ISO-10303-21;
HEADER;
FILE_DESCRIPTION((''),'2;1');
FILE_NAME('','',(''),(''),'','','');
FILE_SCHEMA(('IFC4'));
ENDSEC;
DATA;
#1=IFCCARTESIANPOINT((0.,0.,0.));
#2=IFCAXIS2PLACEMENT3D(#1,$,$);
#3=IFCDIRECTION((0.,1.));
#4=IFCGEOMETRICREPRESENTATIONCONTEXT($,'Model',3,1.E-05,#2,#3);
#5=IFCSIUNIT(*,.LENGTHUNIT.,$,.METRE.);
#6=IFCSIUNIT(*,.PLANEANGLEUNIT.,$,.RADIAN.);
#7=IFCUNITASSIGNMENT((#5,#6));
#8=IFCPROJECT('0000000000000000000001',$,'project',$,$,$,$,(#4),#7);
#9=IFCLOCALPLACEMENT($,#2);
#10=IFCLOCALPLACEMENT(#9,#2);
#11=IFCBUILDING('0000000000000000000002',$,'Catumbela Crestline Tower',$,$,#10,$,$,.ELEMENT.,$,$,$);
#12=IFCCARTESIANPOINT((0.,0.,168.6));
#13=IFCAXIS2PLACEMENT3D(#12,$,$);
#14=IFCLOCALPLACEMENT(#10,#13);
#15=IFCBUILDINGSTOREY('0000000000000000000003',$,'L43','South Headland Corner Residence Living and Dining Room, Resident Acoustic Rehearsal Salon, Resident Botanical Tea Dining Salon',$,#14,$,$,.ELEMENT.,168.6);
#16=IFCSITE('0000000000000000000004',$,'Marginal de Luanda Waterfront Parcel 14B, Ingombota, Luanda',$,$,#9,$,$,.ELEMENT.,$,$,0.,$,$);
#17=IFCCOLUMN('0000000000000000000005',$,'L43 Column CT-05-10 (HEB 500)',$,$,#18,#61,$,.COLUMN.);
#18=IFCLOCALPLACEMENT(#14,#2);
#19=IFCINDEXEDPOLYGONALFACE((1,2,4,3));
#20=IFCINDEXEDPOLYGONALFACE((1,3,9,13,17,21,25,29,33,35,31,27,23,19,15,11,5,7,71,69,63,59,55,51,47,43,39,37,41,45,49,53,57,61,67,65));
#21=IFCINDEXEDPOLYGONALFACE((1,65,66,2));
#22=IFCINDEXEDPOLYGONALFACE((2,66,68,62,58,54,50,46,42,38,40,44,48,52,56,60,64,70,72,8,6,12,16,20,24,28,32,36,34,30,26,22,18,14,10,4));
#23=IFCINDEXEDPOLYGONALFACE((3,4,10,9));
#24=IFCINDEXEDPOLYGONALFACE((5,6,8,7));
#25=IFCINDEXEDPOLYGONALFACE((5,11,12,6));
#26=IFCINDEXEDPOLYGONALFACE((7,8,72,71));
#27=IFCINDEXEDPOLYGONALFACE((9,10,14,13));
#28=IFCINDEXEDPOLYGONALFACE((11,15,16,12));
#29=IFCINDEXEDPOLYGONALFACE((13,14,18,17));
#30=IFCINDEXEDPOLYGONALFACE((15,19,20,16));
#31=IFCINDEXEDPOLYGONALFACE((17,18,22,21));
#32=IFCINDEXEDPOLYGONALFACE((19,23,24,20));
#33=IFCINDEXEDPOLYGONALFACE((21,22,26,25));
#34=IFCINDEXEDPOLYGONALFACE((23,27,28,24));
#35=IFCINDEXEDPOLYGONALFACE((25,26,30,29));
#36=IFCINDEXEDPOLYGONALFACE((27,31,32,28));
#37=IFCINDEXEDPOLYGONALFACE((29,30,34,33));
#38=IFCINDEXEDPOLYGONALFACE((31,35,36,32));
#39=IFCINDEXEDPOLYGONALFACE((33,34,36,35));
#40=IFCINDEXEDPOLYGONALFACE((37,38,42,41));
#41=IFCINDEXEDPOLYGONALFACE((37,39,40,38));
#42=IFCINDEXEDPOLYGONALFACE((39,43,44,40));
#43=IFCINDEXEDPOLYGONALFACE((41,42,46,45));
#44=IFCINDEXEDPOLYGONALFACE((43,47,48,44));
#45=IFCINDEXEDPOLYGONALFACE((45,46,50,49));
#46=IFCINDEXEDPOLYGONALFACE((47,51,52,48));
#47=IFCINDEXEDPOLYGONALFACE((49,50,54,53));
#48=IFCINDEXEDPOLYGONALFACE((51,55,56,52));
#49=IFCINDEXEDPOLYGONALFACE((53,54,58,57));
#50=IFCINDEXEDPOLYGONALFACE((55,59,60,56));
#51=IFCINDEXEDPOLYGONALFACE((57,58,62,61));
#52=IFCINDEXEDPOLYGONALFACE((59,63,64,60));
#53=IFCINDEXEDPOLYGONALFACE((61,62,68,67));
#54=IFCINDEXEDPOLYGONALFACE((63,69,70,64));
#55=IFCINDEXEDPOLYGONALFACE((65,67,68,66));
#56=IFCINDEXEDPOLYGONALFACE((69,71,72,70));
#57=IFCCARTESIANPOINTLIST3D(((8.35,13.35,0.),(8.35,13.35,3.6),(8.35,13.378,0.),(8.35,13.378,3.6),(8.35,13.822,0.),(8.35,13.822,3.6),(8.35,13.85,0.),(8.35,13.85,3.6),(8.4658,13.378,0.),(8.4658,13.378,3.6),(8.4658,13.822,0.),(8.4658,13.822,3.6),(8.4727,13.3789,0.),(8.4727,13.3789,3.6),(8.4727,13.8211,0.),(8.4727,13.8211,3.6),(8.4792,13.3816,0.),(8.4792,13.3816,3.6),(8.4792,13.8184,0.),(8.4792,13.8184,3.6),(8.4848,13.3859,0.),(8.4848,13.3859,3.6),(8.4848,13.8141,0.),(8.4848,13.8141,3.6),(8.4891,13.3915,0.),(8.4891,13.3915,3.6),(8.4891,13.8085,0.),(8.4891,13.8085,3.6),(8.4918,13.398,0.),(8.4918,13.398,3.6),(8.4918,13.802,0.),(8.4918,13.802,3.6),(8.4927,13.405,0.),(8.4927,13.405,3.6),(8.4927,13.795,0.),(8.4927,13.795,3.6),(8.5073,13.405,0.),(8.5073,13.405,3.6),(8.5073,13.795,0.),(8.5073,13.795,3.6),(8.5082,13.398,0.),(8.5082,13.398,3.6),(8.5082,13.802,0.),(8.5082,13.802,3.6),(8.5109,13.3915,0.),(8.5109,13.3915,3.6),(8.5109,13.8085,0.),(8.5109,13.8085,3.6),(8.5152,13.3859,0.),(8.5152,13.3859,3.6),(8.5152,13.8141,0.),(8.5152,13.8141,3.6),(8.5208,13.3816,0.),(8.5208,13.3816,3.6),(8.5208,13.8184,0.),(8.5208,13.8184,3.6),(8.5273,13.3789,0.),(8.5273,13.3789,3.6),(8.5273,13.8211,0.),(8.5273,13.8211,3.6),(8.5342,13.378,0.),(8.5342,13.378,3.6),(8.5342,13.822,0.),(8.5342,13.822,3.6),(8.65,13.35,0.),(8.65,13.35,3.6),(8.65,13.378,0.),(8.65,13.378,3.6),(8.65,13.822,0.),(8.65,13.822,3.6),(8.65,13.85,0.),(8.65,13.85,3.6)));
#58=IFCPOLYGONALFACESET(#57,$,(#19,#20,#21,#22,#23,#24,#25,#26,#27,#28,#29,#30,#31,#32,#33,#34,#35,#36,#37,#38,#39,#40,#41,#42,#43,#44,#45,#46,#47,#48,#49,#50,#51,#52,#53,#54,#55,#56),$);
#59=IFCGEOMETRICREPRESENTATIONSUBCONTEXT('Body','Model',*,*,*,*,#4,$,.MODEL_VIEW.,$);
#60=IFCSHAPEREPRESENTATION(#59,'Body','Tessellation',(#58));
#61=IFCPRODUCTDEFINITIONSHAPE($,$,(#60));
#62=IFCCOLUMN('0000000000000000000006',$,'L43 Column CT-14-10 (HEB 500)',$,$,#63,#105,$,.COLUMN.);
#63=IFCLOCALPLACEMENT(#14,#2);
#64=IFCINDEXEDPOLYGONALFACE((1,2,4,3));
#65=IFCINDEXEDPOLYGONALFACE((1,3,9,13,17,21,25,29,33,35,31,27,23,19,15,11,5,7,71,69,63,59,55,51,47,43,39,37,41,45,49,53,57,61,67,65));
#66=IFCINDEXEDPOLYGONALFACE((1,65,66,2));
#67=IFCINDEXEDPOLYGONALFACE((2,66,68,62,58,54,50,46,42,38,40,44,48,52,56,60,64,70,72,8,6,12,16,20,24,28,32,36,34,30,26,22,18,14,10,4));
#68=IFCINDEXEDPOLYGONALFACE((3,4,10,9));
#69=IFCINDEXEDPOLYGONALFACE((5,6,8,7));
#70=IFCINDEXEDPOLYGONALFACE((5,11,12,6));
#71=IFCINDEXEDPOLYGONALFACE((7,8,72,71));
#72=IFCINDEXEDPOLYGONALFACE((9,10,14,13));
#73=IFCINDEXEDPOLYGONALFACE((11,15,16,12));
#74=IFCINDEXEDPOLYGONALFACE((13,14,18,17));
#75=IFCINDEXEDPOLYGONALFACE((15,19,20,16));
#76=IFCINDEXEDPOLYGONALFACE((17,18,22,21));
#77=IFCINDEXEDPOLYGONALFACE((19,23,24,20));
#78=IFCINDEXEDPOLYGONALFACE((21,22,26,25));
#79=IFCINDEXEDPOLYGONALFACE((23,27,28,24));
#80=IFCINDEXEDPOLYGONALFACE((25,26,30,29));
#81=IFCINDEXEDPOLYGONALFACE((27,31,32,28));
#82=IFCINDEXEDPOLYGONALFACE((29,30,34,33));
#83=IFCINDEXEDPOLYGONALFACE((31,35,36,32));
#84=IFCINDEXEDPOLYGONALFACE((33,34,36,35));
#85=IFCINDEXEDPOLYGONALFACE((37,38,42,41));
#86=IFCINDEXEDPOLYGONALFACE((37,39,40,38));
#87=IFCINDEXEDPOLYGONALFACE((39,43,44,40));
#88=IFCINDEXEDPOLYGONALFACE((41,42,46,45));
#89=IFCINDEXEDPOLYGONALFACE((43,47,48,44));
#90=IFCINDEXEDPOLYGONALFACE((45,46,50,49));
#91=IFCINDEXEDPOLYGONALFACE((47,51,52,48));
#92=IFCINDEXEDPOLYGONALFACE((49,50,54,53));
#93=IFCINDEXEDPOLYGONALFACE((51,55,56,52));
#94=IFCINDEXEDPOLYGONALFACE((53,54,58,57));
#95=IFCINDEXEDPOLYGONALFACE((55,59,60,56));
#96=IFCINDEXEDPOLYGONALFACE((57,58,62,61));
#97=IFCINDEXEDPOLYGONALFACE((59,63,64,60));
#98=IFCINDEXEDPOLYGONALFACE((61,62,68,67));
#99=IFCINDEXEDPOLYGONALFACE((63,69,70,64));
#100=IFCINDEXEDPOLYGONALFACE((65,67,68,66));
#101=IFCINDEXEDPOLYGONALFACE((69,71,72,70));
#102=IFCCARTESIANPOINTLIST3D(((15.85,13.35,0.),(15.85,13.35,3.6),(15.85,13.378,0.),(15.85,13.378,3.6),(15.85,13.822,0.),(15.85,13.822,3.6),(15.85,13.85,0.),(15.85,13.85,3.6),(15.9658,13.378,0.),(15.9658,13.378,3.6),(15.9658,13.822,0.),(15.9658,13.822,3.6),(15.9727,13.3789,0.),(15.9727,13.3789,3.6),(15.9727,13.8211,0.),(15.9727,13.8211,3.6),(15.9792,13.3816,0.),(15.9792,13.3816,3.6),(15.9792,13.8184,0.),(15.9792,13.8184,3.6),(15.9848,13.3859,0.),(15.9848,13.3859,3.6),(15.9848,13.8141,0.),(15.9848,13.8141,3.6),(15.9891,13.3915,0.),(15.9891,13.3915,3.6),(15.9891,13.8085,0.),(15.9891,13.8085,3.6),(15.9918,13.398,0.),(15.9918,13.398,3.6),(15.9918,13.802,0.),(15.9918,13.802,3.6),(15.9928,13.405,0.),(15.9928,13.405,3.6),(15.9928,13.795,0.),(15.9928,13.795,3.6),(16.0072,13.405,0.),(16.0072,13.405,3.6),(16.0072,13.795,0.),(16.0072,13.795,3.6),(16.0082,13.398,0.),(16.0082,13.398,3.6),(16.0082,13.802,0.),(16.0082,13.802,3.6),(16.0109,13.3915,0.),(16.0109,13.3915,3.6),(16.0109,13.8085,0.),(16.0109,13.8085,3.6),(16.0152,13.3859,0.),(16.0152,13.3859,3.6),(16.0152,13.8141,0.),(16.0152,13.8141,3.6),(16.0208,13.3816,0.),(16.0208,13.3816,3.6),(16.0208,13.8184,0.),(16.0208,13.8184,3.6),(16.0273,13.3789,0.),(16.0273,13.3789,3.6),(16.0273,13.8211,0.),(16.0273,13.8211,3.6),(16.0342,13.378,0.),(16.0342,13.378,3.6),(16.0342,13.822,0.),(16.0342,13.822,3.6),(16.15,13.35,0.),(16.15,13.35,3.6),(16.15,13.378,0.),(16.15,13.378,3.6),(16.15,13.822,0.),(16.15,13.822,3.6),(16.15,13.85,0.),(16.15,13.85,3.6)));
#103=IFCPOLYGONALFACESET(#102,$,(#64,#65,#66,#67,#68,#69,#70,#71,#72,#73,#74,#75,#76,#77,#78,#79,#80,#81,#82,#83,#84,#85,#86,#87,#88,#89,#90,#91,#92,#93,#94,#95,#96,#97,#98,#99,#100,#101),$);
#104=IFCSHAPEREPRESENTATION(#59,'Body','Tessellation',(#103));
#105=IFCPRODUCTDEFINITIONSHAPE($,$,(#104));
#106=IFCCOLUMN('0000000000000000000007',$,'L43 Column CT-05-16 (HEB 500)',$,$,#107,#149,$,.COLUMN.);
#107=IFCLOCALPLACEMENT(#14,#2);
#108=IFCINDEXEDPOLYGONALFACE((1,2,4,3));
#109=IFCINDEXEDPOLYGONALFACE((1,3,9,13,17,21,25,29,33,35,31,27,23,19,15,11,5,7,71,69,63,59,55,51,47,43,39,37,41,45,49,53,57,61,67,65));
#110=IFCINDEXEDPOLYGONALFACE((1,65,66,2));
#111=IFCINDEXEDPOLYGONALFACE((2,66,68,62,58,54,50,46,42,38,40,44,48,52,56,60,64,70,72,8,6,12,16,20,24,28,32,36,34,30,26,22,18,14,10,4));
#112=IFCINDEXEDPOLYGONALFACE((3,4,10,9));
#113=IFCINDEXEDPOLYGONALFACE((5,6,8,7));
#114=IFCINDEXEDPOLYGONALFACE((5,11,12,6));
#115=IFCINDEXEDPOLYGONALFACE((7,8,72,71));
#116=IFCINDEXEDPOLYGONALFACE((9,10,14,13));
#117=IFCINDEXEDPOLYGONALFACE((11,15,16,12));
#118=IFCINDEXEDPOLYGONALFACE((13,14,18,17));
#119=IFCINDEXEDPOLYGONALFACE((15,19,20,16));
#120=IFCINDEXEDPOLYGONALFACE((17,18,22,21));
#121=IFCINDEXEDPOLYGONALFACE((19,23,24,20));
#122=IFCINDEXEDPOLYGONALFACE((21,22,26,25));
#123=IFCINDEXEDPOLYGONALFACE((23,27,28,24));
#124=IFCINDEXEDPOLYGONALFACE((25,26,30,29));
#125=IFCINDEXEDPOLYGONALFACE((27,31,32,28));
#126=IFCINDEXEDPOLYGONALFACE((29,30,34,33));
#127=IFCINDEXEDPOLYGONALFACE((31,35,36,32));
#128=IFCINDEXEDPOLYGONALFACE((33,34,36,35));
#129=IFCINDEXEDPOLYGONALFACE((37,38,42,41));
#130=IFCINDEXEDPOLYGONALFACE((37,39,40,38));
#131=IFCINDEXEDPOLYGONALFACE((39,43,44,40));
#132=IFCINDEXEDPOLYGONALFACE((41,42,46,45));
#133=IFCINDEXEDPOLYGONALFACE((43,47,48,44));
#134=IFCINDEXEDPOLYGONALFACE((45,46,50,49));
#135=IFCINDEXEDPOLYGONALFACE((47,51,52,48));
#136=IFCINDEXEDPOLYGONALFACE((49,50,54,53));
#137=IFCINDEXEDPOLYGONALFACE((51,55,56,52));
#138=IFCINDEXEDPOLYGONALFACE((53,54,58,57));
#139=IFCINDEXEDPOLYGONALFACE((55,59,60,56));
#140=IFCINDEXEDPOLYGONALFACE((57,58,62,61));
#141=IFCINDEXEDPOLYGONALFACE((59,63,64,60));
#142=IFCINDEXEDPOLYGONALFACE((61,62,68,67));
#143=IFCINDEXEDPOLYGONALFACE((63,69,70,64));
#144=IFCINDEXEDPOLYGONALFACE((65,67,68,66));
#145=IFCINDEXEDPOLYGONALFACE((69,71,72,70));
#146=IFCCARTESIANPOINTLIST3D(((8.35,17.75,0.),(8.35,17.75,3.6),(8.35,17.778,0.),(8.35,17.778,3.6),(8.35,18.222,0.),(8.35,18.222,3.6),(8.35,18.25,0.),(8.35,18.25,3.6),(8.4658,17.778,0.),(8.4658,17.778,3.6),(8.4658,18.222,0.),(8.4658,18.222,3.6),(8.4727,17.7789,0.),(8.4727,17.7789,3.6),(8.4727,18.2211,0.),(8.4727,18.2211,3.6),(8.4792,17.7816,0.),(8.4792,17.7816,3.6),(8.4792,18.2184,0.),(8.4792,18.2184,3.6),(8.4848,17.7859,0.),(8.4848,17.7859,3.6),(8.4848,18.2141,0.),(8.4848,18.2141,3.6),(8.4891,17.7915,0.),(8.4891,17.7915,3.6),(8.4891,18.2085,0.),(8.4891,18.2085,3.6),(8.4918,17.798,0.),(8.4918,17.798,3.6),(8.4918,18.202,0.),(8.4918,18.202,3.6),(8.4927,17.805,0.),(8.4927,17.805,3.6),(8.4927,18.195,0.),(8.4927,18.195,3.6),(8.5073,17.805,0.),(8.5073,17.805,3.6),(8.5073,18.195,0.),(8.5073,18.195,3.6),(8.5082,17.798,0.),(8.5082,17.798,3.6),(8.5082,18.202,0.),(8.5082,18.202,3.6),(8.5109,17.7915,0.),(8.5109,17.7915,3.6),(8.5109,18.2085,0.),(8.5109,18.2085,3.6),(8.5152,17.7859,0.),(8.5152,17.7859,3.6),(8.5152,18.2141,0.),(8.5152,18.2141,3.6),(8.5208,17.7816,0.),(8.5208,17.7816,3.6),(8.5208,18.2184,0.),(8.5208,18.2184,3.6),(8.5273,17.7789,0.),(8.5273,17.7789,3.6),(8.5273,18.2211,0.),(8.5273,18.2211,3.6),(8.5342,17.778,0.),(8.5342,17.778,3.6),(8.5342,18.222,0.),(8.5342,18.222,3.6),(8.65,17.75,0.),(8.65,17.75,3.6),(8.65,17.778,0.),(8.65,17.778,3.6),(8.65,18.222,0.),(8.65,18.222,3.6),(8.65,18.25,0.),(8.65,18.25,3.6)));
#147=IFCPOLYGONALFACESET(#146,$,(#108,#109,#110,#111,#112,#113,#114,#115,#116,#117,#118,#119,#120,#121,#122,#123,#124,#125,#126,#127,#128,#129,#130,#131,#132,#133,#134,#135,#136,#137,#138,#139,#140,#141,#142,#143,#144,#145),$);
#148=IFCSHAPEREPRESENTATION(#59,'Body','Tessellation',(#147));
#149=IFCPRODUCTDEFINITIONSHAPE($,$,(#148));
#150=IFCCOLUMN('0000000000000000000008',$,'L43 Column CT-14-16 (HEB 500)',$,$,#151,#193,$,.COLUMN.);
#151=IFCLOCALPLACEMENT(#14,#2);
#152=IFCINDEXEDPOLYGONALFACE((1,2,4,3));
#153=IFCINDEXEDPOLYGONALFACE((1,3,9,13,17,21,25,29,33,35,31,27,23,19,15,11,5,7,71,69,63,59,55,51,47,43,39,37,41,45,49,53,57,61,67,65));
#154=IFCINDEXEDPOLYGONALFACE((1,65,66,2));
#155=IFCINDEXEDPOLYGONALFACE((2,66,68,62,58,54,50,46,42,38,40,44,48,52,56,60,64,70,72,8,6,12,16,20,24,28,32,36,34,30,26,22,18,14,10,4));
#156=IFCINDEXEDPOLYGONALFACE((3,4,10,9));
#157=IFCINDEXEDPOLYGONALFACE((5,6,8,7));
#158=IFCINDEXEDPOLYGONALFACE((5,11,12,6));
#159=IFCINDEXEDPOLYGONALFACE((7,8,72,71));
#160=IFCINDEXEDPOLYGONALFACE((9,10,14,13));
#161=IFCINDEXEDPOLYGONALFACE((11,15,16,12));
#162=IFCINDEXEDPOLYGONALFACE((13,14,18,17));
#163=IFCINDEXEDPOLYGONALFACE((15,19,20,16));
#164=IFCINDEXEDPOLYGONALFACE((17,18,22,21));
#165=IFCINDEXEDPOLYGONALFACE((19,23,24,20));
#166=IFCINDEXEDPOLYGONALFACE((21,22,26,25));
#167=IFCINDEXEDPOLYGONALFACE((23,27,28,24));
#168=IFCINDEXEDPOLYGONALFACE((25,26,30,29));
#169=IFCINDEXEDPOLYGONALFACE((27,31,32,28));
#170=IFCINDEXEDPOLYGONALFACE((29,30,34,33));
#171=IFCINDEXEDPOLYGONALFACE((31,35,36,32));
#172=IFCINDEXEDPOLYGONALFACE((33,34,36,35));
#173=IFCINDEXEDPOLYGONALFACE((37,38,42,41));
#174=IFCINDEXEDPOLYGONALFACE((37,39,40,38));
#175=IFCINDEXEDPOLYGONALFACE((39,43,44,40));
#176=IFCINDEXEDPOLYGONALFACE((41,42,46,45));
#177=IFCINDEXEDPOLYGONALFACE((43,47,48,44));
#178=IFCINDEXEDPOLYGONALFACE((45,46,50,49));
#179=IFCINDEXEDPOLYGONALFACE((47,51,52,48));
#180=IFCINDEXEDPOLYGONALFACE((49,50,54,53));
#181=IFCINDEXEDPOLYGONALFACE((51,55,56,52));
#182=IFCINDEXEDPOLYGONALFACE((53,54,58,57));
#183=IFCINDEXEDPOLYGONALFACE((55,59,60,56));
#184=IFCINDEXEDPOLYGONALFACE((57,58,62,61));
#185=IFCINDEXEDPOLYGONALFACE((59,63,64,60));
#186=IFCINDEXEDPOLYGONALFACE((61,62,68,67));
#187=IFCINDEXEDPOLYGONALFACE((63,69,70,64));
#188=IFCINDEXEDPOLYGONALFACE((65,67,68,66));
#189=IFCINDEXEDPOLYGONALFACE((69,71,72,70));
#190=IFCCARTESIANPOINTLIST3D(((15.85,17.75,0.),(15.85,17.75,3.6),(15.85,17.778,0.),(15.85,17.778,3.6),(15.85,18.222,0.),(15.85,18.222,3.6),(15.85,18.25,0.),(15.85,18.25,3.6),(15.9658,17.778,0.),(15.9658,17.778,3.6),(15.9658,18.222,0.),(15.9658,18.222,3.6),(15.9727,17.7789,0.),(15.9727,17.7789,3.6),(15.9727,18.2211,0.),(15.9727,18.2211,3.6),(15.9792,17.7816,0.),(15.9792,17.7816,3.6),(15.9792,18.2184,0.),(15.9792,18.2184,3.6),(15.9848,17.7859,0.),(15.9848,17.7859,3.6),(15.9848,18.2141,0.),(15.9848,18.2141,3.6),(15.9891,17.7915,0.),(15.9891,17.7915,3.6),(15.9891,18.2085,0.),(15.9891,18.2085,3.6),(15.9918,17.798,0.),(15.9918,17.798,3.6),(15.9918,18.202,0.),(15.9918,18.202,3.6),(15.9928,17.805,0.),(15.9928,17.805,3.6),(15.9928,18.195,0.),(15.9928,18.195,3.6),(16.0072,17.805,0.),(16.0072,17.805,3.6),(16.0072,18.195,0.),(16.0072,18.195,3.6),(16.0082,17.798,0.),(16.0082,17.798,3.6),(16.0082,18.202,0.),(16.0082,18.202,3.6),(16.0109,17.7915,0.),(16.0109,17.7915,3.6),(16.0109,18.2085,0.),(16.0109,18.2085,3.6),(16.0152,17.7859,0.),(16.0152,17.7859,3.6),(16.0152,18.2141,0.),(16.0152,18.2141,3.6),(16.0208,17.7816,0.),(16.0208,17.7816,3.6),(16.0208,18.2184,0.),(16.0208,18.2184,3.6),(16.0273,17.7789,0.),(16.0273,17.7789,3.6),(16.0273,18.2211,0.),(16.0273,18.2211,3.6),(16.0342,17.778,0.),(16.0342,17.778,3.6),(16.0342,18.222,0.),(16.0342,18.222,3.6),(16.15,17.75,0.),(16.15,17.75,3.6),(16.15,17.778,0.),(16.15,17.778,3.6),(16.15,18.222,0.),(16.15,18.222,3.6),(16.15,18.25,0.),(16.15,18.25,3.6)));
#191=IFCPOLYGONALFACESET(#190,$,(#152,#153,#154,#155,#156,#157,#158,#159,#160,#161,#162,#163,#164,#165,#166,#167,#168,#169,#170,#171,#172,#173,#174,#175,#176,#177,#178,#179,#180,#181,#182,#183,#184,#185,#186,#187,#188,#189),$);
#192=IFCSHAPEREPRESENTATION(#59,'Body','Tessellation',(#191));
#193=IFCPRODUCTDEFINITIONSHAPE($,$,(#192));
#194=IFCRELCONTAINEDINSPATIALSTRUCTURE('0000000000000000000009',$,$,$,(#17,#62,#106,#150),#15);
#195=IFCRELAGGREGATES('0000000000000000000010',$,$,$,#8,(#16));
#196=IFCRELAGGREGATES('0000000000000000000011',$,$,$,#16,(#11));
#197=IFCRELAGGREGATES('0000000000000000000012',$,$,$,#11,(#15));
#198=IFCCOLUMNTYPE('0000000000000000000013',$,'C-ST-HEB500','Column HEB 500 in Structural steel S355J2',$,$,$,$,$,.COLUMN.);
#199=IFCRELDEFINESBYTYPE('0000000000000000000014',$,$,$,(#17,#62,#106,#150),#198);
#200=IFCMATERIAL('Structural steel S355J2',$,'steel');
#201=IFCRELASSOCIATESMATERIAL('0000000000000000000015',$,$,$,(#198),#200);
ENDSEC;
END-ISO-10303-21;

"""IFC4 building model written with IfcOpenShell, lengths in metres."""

from ifc_helpers import new_model, si_unit, direction, frame, origin, origin_2d, place, context, subcontext, project, spatial, i_section, extrude, material, material_profile, profile_set, type_object, element, save


model = new_model("IFC4")

# Units and contexts
model_context = context("Model", 3, precision=1e-05, world=origin(), true_north=direction((0.0, 1.0)))
body_context = subcontext(model_context, "Body", "Model", "MODEL_VIEW")
ifc_project = project(units=[si_unit("LENGTHUNIT", "METRE"), si_unit("PLANEANGLEUNIT", "RADIAN")], contexts=[model_context])

# Site, building, storey
site_placement = place(None, origin())
site = spatial("IfcSite", under=ifc_project, at=site_placement, Name="Marginal de Luanda Waterfront Parcel 14B, Ingombota, Luanda", CompositionType="ELEMENT", RefElevation=0.0)
building_placement = place(site_placement, origin())
building = spatial("IfcBuilding", under=site, at=building_placement, Name="Catumbela Crestline Tower", CompositionType="ELEMENT")
storey_placement = place(building_placement, frame((0.0, 0.0, 168.6)))
storey = spatial("IfcBuildingStorey", under=building, at=storey_placement, Name="L43", Description="South Headland Corner Residence Living and Dining Room, Resident Acoustic Rehearsal Salon, Resident Botanical Tea Dining Salon", CompositionType="ELEMENT", Elevation=168.6)

# Columns
ifc_material_1 = material(Name="Structural steel S355J2", Category="steel")
ifc_material_profile_1 = material_profile(ifc_material_1, i_section(OverallWidth=0.3, OverallDepth=0.5, WebThickness=0.0145, FlangeThickness=0.028, FilletRadius=0.027, at=origin_2d()), Name="HEB 500")
ifc_profile_set_1 = profile_set([ifc_material_profile_1], Name="Structural steel S355J2")
column_type = type_object("IfcColumnType", Name="C-ST-HEB500", Description="Column HEB 500 in Structural steel S355J2", PredefinedType="COLUMN", material=ifc_profile_set_1)
for number, where, z_axis, x_axis, name in (
    (1, (8.5, 13.6, 0.0), (0.0, 0.0, 1.0), (1.0, 0.0, 0.0), "L43 Column CT-05-10 (HEB 500)"),
    (2, (16.0, 13.6, 0.0), (0.0, 0.0, 1.0), (1.0, 0.0, 0.0), "L43 Column CT-14-10 (HEB 500)"),
    (3, (8.5, 18.0, 0.0), (0.0, 0.0, 1.0), (1.0, 0.0, 0.0), "L43 Column CT-05-16 (HEB 500)"),
    (4, (16.0, 18.0, 0.0), (0.0, 0.0, 1.0), (1.0, 0.0, 0.0), "L43 Column CT-14-16 (HEB 500)"),
):
    element("IfcColumn", number, at=place(storey_placement, frame(where, z_axis=z_axis, x_axis=x_axis)), inside=storey, type_object=column_type, Name=name, PredefinedType="COLUMN", context=body_context, shape_type="SweptSolid", body=[
        extrude(i_section(OverallWidth=0.3, OverallDepth=0.5, WebThickness=0.0145, FlangeThickness=0.028, FilletRadius=0.027, at=origin_2d()), origin(), (0.0, 0.0, 1.0), 3.6),
    ])

save(model, "model.ifc")
